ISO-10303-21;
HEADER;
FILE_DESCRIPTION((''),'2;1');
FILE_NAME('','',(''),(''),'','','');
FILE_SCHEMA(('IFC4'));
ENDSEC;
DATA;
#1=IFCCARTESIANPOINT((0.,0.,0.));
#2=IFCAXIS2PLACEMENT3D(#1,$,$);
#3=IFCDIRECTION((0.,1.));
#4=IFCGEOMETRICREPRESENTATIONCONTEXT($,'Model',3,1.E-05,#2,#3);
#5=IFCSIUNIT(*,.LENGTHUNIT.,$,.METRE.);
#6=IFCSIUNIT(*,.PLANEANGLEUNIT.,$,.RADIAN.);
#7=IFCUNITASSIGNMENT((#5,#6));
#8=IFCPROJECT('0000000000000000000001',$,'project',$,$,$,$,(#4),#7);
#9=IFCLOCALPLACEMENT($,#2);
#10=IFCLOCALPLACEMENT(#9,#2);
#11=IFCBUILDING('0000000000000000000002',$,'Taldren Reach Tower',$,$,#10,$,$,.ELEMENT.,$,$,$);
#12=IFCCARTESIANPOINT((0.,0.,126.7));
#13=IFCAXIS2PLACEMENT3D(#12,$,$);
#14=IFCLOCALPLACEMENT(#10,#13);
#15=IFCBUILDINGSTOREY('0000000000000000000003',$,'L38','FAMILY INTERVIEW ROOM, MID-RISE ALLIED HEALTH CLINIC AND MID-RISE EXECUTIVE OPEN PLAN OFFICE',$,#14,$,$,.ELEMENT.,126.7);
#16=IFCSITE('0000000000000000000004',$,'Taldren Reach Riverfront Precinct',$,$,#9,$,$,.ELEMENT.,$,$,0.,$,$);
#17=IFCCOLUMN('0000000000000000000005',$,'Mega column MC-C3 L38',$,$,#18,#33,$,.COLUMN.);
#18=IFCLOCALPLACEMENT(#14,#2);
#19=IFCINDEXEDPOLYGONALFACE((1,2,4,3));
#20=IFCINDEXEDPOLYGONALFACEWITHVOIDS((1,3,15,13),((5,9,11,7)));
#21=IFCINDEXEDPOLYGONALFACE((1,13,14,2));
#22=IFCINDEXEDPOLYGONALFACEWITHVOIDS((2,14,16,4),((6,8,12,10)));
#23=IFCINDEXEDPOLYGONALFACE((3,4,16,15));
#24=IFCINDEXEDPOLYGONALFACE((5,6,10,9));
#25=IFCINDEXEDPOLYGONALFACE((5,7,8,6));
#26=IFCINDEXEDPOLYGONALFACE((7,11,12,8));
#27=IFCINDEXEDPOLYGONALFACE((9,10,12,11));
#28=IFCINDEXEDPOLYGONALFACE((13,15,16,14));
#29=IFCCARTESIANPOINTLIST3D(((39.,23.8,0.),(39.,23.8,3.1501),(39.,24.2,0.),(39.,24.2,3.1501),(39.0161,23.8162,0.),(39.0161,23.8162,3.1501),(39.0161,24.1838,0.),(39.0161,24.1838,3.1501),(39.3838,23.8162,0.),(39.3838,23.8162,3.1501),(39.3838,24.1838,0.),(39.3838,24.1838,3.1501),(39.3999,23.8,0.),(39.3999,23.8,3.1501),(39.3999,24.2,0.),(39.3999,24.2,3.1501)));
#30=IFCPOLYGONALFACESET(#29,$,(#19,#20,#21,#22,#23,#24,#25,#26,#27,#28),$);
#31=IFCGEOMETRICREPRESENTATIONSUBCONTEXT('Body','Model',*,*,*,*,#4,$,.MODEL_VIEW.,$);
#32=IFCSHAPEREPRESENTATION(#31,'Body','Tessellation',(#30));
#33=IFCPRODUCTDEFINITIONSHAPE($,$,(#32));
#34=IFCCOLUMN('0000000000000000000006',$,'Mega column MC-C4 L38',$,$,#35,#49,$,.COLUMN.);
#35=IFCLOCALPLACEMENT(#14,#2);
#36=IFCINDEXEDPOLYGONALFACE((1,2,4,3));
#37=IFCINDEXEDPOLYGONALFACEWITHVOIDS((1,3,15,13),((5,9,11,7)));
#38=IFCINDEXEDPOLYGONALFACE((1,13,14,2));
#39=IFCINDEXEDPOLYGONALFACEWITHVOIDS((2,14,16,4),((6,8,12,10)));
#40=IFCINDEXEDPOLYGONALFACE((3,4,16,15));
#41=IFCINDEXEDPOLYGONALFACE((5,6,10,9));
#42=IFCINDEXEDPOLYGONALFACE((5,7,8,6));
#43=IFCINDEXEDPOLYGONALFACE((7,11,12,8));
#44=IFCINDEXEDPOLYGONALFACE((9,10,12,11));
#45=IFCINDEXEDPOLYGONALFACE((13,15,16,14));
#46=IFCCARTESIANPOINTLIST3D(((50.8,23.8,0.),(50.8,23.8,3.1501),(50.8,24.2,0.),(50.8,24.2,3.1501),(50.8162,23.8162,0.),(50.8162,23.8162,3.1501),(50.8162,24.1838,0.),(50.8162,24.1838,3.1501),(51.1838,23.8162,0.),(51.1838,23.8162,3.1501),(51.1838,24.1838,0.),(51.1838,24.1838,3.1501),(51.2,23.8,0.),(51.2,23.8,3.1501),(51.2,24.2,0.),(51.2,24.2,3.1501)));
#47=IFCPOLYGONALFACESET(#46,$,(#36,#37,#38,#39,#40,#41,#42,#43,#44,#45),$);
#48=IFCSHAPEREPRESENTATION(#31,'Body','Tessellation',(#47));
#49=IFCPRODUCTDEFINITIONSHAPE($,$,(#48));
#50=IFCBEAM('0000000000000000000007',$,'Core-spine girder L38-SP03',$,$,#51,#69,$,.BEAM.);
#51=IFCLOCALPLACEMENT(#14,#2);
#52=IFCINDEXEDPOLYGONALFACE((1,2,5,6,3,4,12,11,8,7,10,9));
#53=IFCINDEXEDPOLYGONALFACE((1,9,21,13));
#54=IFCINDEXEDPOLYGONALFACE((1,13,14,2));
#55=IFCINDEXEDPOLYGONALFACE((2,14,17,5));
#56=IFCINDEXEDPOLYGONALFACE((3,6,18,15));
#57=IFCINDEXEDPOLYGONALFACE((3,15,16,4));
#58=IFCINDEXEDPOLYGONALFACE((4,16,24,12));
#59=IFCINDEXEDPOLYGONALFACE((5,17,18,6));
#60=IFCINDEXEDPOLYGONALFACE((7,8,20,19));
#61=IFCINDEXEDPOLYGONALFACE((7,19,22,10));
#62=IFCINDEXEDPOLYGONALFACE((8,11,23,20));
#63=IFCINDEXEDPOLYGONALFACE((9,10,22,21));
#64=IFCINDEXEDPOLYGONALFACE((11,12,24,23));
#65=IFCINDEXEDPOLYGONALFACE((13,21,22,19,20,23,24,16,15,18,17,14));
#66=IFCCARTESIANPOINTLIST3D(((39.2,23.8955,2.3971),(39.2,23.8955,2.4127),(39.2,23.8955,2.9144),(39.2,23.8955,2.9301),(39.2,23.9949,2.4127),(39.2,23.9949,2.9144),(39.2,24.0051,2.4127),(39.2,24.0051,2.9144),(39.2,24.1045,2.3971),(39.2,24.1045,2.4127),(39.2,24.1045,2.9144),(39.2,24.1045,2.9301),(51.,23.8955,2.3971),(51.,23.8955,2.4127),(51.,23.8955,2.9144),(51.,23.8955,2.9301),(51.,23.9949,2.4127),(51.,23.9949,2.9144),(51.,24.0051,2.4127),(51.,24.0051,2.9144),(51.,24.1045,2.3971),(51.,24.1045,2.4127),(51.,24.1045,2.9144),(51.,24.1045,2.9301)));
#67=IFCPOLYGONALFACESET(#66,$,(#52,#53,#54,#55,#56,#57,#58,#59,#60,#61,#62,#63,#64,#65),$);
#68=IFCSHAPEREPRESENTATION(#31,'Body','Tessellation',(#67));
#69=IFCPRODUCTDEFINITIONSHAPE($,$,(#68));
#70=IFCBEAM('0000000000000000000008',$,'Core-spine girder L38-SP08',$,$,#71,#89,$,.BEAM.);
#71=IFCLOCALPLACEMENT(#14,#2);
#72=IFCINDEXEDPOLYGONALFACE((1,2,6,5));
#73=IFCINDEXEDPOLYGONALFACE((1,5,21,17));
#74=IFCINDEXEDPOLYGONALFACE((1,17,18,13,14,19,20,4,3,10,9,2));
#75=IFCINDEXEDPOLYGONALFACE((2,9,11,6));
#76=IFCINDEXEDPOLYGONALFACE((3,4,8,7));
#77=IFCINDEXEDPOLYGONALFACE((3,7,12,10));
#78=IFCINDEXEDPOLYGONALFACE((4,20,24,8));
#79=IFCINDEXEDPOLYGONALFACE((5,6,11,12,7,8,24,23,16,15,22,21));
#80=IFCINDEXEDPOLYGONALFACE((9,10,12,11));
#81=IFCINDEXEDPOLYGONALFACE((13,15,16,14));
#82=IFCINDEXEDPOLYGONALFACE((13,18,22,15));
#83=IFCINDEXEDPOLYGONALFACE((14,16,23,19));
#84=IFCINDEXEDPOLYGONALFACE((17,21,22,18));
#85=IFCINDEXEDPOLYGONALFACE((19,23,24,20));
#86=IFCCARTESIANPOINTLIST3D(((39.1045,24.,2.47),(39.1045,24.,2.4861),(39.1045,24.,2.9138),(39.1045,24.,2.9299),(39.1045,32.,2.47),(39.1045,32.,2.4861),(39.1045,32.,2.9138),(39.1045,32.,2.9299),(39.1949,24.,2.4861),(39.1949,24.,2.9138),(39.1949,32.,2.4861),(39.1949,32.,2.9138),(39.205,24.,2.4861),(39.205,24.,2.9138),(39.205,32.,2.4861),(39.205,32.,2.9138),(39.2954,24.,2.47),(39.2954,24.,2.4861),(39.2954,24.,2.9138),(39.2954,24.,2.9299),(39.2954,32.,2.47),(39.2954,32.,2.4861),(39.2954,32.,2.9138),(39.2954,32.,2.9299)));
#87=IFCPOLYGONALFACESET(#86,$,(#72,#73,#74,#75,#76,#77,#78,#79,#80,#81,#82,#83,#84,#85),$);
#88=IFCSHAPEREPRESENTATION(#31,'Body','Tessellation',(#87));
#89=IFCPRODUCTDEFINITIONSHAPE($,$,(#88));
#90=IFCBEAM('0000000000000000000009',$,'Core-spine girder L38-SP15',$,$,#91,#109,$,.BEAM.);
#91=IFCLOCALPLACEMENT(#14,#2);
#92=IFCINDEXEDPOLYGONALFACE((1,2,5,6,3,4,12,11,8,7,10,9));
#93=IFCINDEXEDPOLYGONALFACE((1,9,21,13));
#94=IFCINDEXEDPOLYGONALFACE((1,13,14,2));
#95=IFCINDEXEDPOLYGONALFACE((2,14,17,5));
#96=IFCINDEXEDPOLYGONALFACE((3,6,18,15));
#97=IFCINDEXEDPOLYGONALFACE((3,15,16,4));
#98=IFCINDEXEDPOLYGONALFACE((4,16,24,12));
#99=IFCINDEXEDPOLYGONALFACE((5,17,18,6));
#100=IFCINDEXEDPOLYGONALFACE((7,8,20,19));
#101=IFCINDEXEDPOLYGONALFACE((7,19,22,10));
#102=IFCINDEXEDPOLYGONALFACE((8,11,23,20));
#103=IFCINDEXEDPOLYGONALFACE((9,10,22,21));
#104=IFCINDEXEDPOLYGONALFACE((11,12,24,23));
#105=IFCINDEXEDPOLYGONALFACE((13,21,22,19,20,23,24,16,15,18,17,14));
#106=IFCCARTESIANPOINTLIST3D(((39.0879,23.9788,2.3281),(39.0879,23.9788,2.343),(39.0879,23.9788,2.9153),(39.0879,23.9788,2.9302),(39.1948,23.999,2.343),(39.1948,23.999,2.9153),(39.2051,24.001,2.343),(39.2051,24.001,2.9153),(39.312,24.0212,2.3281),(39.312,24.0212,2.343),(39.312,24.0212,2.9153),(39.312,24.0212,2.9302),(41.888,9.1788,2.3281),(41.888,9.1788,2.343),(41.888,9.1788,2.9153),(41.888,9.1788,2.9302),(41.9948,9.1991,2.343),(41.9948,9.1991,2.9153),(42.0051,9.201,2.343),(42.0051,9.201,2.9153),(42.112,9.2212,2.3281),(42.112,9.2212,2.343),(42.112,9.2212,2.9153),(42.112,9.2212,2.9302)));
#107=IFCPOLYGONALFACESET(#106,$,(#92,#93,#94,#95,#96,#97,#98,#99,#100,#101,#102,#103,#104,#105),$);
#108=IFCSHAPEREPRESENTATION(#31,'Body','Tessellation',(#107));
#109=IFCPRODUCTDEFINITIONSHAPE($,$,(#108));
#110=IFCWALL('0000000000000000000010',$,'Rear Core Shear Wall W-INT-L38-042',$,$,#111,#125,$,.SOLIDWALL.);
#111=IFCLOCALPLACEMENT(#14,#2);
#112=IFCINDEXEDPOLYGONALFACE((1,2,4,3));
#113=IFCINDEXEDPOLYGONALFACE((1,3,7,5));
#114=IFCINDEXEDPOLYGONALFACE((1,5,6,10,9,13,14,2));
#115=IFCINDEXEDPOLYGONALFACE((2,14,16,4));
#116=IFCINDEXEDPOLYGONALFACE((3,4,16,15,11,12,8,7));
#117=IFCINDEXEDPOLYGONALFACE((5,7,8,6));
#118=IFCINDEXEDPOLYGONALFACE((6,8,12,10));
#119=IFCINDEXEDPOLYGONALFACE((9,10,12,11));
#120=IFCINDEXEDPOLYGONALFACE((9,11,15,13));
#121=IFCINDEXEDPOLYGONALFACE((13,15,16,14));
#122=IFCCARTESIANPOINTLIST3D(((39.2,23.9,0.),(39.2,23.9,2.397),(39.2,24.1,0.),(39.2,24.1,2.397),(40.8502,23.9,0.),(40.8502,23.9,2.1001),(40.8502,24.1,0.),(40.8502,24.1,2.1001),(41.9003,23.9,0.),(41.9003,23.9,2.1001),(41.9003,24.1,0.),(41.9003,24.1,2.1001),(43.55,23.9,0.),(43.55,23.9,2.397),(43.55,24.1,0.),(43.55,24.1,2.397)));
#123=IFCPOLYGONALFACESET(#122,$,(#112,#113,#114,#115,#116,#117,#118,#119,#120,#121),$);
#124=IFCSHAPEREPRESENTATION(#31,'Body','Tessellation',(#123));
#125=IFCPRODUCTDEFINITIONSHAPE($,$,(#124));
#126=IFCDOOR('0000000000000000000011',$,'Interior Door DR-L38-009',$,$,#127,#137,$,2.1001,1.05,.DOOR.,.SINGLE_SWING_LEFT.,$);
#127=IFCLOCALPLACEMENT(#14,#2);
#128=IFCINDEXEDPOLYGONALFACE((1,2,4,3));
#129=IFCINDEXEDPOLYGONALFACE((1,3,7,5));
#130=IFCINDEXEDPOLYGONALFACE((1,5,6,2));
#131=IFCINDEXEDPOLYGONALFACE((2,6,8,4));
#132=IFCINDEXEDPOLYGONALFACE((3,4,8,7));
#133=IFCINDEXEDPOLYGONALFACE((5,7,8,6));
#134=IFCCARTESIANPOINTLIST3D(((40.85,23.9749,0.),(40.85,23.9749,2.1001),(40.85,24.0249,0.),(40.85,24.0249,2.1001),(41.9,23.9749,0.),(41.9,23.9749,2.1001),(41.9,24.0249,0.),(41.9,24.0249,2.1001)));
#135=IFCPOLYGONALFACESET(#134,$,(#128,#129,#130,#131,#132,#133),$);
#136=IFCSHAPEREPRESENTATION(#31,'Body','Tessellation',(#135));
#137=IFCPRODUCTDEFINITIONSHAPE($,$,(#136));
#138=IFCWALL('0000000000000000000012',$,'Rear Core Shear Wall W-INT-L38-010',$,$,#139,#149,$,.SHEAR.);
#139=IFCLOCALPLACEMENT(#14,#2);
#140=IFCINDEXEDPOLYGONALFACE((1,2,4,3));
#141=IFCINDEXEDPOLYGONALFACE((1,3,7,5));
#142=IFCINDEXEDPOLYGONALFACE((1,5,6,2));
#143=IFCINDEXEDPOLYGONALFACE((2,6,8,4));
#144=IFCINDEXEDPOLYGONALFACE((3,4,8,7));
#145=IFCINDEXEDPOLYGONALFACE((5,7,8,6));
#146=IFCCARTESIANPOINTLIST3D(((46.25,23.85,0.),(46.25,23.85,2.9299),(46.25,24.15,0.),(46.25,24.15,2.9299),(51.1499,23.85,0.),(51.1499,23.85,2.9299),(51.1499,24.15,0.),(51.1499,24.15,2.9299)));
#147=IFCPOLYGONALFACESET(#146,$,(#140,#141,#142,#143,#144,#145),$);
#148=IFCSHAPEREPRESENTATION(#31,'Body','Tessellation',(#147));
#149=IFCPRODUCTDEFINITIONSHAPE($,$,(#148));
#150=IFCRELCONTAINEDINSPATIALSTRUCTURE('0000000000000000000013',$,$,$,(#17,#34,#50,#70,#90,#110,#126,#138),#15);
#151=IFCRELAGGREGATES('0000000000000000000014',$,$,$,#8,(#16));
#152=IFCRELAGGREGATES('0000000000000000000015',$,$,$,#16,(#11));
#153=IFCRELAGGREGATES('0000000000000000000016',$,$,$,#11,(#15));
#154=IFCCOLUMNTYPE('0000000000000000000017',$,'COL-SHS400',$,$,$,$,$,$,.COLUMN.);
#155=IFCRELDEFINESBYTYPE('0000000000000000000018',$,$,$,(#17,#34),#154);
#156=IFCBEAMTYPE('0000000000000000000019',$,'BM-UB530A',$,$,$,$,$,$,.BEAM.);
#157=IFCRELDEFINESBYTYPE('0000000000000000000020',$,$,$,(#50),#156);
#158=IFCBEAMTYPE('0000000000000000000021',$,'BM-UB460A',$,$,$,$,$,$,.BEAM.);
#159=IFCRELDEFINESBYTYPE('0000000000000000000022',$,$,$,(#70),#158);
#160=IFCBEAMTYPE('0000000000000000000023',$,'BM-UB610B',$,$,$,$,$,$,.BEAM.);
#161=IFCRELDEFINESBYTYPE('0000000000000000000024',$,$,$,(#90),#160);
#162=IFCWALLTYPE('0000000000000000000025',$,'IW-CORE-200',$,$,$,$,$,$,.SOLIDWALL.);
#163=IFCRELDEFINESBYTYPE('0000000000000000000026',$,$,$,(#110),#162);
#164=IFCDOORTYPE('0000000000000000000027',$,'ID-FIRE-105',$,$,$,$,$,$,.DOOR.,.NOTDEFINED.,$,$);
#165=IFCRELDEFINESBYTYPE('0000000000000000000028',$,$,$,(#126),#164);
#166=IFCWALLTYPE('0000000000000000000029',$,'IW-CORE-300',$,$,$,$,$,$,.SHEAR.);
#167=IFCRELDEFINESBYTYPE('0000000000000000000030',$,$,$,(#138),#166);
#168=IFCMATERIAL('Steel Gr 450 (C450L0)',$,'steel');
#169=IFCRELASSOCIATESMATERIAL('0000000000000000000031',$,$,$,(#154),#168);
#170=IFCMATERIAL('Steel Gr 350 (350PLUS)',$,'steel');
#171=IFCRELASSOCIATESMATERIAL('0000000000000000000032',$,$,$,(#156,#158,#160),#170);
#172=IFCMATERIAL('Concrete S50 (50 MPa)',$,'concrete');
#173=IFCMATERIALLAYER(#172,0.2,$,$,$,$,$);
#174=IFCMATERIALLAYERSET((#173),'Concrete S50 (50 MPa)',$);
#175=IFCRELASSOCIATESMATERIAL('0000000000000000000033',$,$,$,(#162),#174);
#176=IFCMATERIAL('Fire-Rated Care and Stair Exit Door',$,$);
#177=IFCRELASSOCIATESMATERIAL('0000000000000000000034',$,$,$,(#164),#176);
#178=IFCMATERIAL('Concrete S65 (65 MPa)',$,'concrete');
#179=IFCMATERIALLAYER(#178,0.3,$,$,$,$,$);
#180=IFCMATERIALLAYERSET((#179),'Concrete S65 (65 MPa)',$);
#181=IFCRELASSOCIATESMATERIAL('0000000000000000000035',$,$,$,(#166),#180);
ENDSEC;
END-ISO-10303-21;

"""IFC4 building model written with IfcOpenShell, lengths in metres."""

from ifc_helpers import new_model, si_unit, direction, frame, frame_2d, origin, origin_2d, place, context, subcontext, project, spatial, rectangle, hollow_rectangle, i_section, extrude, source, transform, mapped, material, layer, layer_set, material_profile, profile_set, type_object, element, fill, save


model = new_model("IFC4")

# Units and contexts
model_context = context("Model", 3, precision=1e-05, world=origin(), true_north=direction((0.0, 1.0)))
body_context = subcontext(model_context, "Body", "Model", "MODEL_VIEW")
ifc_project = project(units=[si_unit("LENGTHUNIT", "METRE"), si_unit("PLANEANGLEUNIT", "RADIAN")], contexts=[model_context])

# Site, building, storey
site_placement = place(None, origin())
site = spatial("IfcSite", under=ifc_project, at=site_placement, Name="Taldren Reach Riverfront Precinct", CompositionType="ELEMENT", RefElevation=0.0)
building_placement = place(site_placement, origin())
building = spatial("IfcBuilding", under=site, at=building_placement, Name="Taldren Reach Tower", CompositionType="ELEMENT")
storey_placement = place(building_placement, frame((0.0, 0.0, 126.7)))
storey = spatial("IfcBuildingStorey", under=building, at=storey_placement, Name="L38", Description="FAMILY INTERVIEW ROOM, MID-RISE ALLIED HEALTH CLINIC AND MID-RISE EXECUTIVE OPEN PLAN OFFICE", CompositionType="ELEMENT", Elevation=126.7)

# Columns
ifc_material_1 = material(Name="Steel Gr 450 (C450L0)", Category="steel")
ifc_material_profile_1 = material_profile(ifc_material_1, hollow_rectangle(XDim=0.3999, YDim=0.3999, WallThickness=0.0161, at=origin_2d()), Name="400x400x16.0SHS")
ifc_profile_set_1 = profile_set([ifc_material_profile_1], Name="Steel Gr 450 (C450L0)")
column_type = type_object("IfcColumnType", Name="COL-SHS400", PredefinedType="COLUMN", material=ifc_profile_set_1)
shared_shape_1 = source(origin(), body_context, "Body", "SweptSolid", [
    extrude(hollow_rectangle(XDim=0.3999, YDim=0.3999, WallThickness=0.0161, at=origin_2d()), origin(), (0.0, 0.0, 1.0), 3.1501),
])
for number, where, z_axis, x_axis, name in (
    (1, (39.2, 24.0, 0.0), (0.0, 0.0, 1.0), (1.0, 0.0, 0.0), "Mega column MC-C3 L38"),
    (2, (51.0, 24.0, 0.0), (0.0, 0.0, 1.0), (1.0, 0.0, 0.0), "Mega column MC-C4 L38"),
):
    element("IfcColumn", number, at=place(storey_placement, frame(where, z_axis=z_axis, x_axis=x_axis)), inside=storey, type_object=column_type, Name=name, PredefinedType="COLUMN", context=body_context, shape_type="MappedRepresentation", body=[
        mapped(shared_shape_1, transform((0.0, 0.0, 0.0), scale=1.0)),
    ])

# Beams
ifc_material_2 = material(Name="Steel Gr 350 (350PLUS)", Category="steel")
ifc_material_profile_2 = material_profile(ifc_material_2, i_section(OverallWidth=0.209, OverallDepth=0.533, WebThickness=0.0103, FlangeThickness=0.0156, at=origin_2d()), Name="530UB92.4")
ifc_profile_set_2 = profile_set([ifc_material_profile_2], Name="Steel Gr 350 (350PLUS)")
beam_type_1 = type_object("IfcBeamType", Name="BM-UB530A", PredefinedType="BEAM", material=ifc_profile_set_2)
shared_shape_2 = source(origin(), body_context, "Body", "SweptSolid", [
    extrude(i_section(OverallWidth=0.209, OverallDepth=0.533, WebThickness=0.0103, FlangeThickness=0.0156, at=origin_2d()), origin(), (0.0, 0.0, 1.0), 11.8),
])
beam_1_placement = place(storey_placement, frame((39.2, 24.0, 2.6636), z_axis=(1.0, 0.0, 0.0), x_axis=(0.0, 1.0, 0.0)))
element("IfcBeam", 3, at=beam_1_placement, inside=storey, type_object=beam_type_1, Name="Core-spine girder L38-SP03", PredefinedType="BEAM", context=body_context, shape_type="MappedRepresentation", body=[
    mapped(shared_shape_2, transform((0.0, 0.0, 0.0), scale=1.0)),
])
ifc_material_profile_3 = material_profile(ifc_material_2, i_section(OverallWidth=0.1909, OverallDepth=0.46, WebThickness=0.01, FlangeThickness=0.0161, at=origin_2d()), Name="460UB82.1")
ifc_profile_set_3 = profile_set([ifc_material_profile_3], Name="Steel Gr 350 (350PLUS)")
beam_type_2 = type_object("IfcBeamType", Name="BM-UB460A", PredefinedType="BEAM", material=ifc_profile_set_3)
shared_shape_3 = source(origin(), body_context, "Body", "SweptSolid", [
    extrude(i_section(OverallWidth=0.1909, OverallDepth=0.46, WebThickness=0.01, FlangeThickness=0.0161, at=origin_2d()), origin(), (0.0, 0.0, 1.0), 8.0),
])
beam_2_placement = place(storey_placement, frame((39.2, 24.0, 2.7), z_axis=(0.0, 1.0, 0.0), x_axis=(-1.0, 0.0, 0.0)))
element("IfcBeam", 4, at=beam_2_placement, inside=storey, type_object=beam_type_2, Name="Core-spine girder L38-SP08", PredefinedType="BEAM", context=body_context, shape_type="MappedRepresentation", body=[
    mapped(shared_shape_3, transform((0.0, 0.0, 0.0), scale=1.0)),
])
ifc_material_profile_4 = material_profile(ifc_material_2, i_section(OverallWidth=0.228, OverallDepth=0.6021, WebThickness=0.0105, FlangeThickness=0.0149, at=origin_2d()), Name="610UB101")
ifc_profile_set_4 = profile_set([ifc_material_profile_4], Name="Steel Gr 350 (350PLUS)")
beam_type_3 = type_object("IfcBeamType", Name="BM-UB610B", PredefinedType="BEAM", material=ifc_profile_set_4)
shared_shape_4 = source(origin(), body_context, "Body", "SweptSolid", [
    extrude(i_section(OverallWidth=0.228, OverallDepth=0.6021, WebThickness=0.0105, FlangeThickness=0.0149, at=origin_2d()), origin(), (0.0, 0.0, 1.0), 15.0625),
])
beam_3_placement = place(storey_placement, frame((39.2, 24.0, 2.6292), z_axis=(0.185894, -0.98257, 0.0), x_axis=(0.98257, 0.185894, 0.0)))
element("IfcBeam", 5, at=beam_3_placement, inside=storey, type_object=beam_type_3, Name="Core-spine girder L38-SP15", PredefinedType="BEAM", context=body_context, shape_type="MappedRepresentation", body=[
    mapped(shared_shape_4, transform((0.0, 0.0, 0.0), scale=1.0)),
])

# Wall, opening, door
ifc_material_3 = material(Name="Concrete S50 (50 MPa)", Category="concrete")
ifc_layer_1 = layer(ifc_material_3, 0.2)
ifc_layer_set_1 = layer_set([ifc_layer_1], Name="Concrete S50 (50 MPa)")
wall_type_1 = type_object("IfcWallType", Name="IW-CORE-200", PredefinedType="SOLIDWALL", material=ifc_layer_set_1)
shared_shape_5 = source(origin(), body_context, "Body", "SweptSolid", [
    extrude(rectangle(XDim=4.3501, YDim=0.2, at=frame_2d((2.175, 0.0))), origin(), (0.0, 0.0, 1.0), 2.397),
])
wall_1_placement = place(storey_placement, frame((43.55, 24.0, 0.0), z_axis=(0.0, 0.0, 1.0), x_axis=(-1.0, 0.0, 0.0)))
wall_1 = element("IfcWall", 6, at=wall_1_placement, inside=storey, type_object=wall_type_1, Name="Rear Core Shear Wall W-INT-L38-042", PredefinedType="SOLIDWALL", context=body_context, shape_type="MappedRepresentation", body=[
    mapped(shared_shape_5, transform((0.0, 0.0, 0.0), scale=1.0)),
])
shared_shape_6 = source(origin(), body_context, "Body", "SweptSolid", [
    extrude(rectangle(XDim=1.05, YDim=2.1001, at=frame_2d((0.5249, 1.05))), frame((0.0, 0.1099, 0.0), z_axis=(0.0, -1.0, 0.0), x_axis=(1.0, 0.0, 0.0)), (0.0, 0.0, 1.0), 0.22),
])
opening_1_placement = place(wall_1_placement, frame((1.6499, 0.0, 0.0)))
opening_1 = element("IfcOpeningElement", 7, at=opening_1_placement, cuts=wall_1, PredefinedType="OPENING", context=body_context, shape_type="MappedRepresentation", body=[
    mapped(shared_shape_6, transform((0.0, 0.0, 0.0), scale=1.0)),
])
ifc_material_4 = material(Name="Fire-Rated Care and Stair Exit Door")
door_type_1 = type_object("IfcDoorType", Name="ID-FIRE-105", OperationType="NOTDEFINED", PredefinedType="DOOR", material=ifc_material_4)
shared_shape_7 = source(origin(), body_context, "Body", "SweptSolid", [
    extrude(rectangle(XDim=1.05, YDim=2.1001, at=frame_2d((0.5249, 1.05))), frame((0.0, 0.0249, 0.0), z_axis=(0.0, -1.0, 0.0), x_axis=(1.0, 0.0, 0.0)), (0.0, 0.0, 1.0), 0.05),
])
door_1_placement = place(opening_1_placement, frame((1.05, 0.0, 0.0), z_axis=(0.0, 0.0, 1.0), x_axis=(-1.0, 0.0, 0.0)))
door_1 = element("IfcDoor", 8, at=door_1_placement, inside=storey, type_object=door_type_1, Name="Interior Door DR-L38-009", OperationType="SINGLE_SWING_LEFT", OverallHeight=2.1001, OverallWidth=1.05, PredefinedType="DOOR", context=body_context, shape_type="MappedRepresentation", body=[
    mapped(shared_shape_7, transform((0.0, 0.0, 0.0), scale=1.0)),
])
fill(opening_1, door_1)

# Wall
ifc_material_5 = material(Name="Concrete S65 (65 MPa)", Category="concrete")
ifc_layer_2 = layer(ifc_material_5, 0.3)
ifc_layer_set_2 = layer_set([ifc_layer_2], Name="Concrete S65 (65 MPa)")
wall_type_2 = type_object("IfcWallType", Name="IW-CORE-300", PredefinedType="SHEAR", material=ifc_layer_set_2)
shared_shape_8 = source(origin(), body_context, "Body", "SweptSolid", [
    extrude(rectangle(XDim=4.8999, YDim=0.3, at=frame_2d((2.45, 0.0))), origin(), (0.0, 0.0, 1.0), 2.9299),
])
wall_2_placement = place(storey_placement, frame((46.25, 24.0, 0.0), z_axis=(0.0, 0.0, 1.0), x_axis=(1.0, 0.0, 0.0)))
element("IfcWall", 9, at=wall_2_placement, inside=storey, type_object=wall_type_2, Name="Rear Core Shear Wall W-INT-L38-010", PredefinedType="SHEAR", context=body_context, shape_type="MappedRepresentation", body=[
    mapped(shared_shape_8, transform((0.0, 0.0, 0.0), scale=1.0)),
])

save(model, "model.ifc")
